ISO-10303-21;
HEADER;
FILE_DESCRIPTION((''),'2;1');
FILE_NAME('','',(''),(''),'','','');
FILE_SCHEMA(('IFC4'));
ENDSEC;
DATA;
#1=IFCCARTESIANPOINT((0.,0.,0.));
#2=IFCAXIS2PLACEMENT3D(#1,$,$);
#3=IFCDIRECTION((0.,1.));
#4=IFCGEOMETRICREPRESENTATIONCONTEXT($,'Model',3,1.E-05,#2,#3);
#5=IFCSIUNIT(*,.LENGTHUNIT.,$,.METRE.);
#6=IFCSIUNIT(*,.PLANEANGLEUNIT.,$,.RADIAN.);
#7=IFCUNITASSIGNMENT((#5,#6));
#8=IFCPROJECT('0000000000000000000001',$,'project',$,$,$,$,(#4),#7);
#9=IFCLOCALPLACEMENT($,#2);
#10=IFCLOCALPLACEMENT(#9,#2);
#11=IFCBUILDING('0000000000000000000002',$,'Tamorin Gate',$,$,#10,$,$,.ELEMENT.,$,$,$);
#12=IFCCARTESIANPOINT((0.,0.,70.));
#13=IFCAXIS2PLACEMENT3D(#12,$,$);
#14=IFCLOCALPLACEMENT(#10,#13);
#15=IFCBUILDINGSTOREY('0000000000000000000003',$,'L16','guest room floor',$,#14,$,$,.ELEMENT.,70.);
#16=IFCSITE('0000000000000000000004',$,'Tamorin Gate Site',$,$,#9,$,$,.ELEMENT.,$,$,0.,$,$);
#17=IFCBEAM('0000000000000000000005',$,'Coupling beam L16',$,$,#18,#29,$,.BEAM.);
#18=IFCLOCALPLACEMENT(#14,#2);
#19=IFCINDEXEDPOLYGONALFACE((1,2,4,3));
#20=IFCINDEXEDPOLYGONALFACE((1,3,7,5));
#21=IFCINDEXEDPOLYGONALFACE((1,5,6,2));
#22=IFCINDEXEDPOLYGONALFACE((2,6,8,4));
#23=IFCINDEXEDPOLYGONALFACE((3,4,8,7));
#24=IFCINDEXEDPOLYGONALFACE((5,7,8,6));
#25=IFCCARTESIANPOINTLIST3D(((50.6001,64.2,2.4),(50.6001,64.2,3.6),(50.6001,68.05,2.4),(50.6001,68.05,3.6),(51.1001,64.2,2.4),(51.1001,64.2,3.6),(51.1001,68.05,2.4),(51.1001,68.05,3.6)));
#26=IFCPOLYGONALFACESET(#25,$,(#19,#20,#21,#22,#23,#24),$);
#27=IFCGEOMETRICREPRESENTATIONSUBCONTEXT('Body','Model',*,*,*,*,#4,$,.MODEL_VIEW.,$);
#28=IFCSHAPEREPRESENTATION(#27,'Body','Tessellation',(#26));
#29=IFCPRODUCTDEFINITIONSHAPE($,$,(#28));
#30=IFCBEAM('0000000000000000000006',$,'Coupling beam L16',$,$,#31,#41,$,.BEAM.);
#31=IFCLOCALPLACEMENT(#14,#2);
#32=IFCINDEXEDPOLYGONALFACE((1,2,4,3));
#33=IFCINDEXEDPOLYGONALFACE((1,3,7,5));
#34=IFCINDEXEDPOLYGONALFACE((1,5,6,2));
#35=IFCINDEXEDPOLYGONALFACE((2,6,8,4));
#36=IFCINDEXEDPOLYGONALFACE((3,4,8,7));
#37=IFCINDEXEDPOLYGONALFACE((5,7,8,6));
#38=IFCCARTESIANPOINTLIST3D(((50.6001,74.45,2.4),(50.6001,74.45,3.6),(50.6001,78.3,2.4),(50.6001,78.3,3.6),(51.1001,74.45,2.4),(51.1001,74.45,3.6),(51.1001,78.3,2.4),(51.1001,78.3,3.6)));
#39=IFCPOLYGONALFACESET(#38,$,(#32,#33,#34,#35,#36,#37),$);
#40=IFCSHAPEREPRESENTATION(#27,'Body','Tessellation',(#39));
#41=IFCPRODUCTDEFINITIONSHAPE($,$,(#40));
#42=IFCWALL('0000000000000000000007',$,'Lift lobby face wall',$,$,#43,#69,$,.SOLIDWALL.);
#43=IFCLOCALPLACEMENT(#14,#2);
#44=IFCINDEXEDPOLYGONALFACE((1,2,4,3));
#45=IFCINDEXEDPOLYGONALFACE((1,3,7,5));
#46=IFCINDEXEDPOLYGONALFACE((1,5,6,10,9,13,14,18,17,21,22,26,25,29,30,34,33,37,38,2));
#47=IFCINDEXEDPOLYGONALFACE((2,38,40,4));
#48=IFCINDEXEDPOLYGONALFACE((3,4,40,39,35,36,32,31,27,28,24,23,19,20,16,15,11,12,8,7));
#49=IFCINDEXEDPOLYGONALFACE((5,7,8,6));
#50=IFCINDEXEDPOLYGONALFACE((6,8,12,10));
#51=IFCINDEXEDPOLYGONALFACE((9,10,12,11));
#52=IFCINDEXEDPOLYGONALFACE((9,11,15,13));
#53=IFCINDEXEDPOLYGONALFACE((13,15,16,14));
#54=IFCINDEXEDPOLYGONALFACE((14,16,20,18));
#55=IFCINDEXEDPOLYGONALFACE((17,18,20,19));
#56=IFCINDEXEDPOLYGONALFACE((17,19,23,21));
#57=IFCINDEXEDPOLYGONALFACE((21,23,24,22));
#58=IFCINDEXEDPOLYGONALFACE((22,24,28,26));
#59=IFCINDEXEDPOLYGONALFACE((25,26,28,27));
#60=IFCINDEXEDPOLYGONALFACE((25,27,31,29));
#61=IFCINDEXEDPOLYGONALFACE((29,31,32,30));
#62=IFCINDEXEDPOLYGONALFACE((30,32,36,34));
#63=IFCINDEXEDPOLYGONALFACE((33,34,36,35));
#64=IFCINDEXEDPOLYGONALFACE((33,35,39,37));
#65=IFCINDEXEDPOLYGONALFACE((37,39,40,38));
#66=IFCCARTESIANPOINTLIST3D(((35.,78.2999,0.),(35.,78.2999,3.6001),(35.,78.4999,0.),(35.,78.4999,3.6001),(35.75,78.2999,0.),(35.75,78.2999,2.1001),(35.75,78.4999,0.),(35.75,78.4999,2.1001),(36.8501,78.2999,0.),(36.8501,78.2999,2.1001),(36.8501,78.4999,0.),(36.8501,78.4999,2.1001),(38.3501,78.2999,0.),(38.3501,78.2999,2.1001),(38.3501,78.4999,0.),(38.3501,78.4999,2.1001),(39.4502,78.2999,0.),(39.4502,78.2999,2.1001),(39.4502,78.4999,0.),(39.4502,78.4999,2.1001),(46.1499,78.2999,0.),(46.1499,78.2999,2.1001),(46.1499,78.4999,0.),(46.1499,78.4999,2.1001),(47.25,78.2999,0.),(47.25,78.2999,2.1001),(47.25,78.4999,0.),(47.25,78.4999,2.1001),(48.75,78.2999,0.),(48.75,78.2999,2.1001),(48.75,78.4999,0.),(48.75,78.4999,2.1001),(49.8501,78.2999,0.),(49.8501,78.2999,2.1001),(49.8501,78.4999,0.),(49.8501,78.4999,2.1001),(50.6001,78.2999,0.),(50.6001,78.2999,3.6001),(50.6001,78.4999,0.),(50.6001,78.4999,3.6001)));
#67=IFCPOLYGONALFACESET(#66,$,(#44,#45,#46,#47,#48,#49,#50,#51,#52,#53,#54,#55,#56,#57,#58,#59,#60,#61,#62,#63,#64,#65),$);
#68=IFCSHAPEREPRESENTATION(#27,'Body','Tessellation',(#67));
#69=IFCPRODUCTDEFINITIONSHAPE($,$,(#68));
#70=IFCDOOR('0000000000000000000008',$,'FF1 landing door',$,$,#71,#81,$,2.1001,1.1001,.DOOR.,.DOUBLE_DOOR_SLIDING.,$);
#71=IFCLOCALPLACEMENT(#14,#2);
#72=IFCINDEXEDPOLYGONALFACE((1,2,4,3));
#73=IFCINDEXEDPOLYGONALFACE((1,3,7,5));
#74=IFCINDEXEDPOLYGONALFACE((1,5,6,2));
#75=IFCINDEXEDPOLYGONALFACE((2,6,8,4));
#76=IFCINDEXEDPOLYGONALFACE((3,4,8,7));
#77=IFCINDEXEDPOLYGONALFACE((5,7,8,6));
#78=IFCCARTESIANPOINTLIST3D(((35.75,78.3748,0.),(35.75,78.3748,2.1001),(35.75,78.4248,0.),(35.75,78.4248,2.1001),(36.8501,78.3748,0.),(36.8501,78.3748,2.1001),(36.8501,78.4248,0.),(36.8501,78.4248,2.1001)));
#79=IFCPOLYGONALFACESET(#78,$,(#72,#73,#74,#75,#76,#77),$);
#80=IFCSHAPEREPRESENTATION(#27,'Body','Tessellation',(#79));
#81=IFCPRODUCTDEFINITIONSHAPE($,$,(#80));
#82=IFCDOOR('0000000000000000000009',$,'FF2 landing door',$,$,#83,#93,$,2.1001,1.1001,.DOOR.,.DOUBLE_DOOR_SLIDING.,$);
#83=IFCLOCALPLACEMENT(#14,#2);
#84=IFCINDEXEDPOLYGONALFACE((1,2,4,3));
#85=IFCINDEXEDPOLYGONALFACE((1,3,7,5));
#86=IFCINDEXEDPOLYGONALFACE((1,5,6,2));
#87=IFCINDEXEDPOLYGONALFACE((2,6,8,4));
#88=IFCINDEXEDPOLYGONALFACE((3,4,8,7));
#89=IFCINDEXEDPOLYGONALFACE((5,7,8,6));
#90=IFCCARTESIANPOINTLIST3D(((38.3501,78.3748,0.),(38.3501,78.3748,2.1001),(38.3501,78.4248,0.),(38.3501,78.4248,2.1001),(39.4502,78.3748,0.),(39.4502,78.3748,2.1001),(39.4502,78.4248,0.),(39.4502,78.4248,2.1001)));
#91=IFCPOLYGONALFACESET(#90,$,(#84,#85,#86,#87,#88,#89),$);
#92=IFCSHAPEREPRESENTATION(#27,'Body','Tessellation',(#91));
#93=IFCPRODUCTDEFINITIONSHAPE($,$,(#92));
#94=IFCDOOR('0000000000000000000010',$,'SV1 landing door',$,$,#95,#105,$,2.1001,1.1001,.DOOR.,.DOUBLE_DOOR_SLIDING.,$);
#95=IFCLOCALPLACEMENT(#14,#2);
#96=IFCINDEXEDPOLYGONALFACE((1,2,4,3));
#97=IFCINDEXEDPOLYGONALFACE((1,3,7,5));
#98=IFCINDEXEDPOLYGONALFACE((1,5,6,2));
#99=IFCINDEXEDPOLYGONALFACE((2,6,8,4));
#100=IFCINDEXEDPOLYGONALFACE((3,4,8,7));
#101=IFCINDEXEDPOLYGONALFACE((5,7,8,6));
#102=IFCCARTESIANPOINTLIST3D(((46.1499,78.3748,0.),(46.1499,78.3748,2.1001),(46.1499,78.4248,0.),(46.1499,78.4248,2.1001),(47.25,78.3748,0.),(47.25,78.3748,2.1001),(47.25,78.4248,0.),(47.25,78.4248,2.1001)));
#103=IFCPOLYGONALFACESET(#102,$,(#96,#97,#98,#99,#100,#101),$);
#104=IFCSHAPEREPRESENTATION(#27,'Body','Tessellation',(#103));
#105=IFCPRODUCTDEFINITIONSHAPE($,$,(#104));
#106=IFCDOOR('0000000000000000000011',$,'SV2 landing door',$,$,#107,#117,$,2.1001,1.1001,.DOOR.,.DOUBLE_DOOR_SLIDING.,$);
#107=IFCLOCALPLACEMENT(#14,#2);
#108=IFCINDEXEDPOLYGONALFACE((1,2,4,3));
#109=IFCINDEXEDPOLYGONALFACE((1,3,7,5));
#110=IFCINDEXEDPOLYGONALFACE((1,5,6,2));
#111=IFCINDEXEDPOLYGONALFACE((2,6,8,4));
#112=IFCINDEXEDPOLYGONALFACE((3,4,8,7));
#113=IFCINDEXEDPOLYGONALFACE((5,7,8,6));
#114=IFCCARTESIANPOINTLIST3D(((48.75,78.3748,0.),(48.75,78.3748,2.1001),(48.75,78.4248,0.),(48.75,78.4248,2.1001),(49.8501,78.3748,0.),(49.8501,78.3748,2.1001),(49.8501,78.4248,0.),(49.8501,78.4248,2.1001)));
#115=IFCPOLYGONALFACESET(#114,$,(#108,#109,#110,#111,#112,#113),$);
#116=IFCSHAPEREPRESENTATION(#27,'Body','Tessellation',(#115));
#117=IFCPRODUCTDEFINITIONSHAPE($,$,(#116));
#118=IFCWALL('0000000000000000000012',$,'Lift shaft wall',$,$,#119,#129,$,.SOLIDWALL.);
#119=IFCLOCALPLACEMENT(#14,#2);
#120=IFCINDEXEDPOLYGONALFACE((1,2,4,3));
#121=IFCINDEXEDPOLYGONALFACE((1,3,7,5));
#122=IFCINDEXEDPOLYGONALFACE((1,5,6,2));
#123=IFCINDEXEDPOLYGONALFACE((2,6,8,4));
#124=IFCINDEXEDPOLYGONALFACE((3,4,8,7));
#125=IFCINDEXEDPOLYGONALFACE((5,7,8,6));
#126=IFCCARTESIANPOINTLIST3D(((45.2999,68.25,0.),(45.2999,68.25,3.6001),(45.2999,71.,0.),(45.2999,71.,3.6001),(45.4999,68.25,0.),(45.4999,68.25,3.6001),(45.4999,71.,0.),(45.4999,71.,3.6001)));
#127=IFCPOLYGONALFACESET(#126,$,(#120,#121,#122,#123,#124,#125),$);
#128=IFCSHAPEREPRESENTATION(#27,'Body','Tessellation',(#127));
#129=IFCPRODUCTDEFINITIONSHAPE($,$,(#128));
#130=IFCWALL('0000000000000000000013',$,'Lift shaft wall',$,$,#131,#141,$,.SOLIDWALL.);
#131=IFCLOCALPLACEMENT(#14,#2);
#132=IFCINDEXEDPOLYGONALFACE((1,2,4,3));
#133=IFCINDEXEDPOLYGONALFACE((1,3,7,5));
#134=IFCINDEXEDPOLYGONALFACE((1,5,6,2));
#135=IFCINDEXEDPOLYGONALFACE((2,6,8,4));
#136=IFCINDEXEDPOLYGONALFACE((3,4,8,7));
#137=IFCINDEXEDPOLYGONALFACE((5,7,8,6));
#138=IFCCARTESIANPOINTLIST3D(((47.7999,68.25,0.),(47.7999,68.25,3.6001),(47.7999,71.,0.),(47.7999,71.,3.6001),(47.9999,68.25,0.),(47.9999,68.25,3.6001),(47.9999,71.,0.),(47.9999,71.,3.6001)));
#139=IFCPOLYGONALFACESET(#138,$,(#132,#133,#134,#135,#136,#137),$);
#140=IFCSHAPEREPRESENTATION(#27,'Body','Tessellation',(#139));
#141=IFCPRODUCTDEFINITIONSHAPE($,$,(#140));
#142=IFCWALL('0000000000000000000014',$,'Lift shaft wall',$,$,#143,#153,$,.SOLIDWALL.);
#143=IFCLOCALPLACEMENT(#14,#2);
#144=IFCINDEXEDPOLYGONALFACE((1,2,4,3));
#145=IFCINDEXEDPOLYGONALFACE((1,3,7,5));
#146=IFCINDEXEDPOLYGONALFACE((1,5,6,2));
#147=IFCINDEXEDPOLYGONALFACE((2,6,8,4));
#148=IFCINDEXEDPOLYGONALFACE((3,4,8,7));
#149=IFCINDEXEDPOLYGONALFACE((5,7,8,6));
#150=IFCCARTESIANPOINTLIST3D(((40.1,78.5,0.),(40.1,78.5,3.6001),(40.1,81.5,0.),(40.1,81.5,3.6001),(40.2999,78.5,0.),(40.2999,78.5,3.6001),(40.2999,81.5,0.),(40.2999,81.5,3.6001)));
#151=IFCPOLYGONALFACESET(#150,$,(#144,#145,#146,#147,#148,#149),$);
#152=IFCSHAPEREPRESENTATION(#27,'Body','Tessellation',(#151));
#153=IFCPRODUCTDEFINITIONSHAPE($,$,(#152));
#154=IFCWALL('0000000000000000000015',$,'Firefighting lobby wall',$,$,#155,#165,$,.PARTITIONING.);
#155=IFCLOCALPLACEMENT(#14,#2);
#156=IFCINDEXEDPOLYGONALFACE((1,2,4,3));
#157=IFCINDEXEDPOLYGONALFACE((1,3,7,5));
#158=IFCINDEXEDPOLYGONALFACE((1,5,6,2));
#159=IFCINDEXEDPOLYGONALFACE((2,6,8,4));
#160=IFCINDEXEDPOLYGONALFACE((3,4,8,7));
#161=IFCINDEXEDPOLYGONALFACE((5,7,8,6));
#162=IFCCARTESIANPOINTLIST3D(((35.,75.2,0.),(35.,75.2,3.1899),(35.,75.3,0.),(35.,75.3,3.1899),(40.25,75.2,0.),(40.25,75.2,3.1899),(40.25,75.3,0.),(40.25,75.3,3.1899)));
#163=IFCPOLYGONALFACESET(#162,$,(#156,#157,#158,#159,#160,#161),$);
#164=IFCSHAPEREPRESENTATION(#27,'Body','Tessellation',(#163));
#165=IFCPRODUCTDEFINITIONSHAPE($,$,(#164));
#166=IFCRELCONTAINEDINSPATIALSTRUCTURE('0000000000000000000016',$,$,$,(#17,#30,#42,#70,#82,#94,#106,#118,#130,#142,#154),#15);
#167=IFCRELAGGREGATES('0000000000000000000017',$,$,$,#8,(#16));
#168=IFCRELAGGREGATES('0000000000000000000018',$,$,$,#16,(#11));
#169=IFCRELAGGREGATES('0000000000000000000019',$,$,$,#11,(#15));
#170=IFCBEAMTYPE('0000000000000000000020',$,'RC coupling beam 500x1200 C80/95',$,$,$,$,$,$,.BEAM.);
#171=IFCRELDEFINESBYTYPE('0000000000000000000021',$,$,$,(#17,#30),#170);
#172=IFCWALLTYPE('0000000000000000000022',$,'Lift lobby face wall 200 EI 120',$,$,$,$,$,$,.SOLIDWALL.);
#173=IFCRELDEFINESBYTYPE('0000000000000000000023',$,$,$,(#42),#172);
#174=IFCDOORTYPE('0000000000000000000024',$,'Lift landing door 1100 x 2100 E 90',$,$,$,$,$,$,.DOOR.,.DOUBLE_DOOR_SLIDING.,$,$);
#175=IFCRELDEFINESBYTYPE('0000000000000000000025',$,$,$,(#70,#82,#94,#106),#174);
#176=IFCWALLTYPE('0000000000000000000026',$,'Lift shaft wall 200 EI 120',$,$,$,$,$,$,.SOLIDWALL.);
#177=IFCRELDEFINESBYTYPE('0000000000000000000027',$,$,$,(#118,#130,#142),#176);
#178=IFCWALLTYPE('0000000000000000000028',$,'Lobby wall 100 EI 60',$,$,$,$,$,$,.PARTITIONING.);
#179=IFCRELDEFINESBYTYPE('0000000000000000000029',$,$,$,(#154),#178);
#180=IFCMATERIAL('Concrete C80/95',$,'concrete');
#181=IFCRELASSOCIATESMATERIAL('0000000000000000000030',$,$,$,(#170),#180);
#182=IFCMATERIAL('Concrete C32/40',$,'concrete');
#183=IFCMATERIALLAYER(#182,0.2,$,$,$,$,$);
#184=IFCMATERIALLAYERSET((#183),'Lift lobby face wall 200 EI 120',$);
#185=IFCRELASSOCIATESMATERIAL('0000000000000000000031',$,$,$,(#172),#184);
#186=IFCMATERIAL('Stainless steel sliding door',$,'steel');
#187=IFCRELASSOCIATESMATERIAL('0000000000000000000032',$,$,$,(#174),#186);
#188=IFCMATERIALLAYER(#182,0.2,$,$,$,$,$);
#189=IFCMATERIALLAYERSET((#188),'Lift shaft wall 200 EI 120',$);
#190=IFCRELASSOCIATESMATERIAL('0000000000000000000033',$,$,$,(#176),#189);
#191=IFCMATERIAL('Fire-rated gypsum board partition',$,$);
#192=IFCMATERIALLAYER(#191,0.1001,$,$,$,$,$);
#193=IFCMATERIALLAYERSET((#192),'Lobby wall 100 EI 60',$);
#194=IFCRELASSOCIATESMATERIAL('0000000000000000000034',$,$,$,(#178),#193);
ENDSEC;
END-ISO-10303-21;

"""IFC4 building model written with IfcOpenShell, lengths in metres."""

from ifc_helpers import new_model, si_unit, direction, frame, frame_2d, origin, origin_2d, place, context, subcontext, project, spatial, rectangle, extrude, material, layer, layer_set, material_profile, profile_set, type_object, element, fill, save


model = new_model("IFC4")

# Units and contexts
model_context = context("Model", 3, precision=1e-05, world=origin(), true_north=direction((0.0, 1.0)))
body_context = subcontext(model_context, "Body", "Model", "MODEL_VIEW")
ifc_project = project(units=[si_unit("LENGTHUNIT", "METRE"), si_unit("PLANEANGLEUNIT", "RADIAN")], contexts=[model_context])

# Site, building, storey
site_placement = place(None, origin())
site = spatial("IfcSite", under=ifc_project, at=site_placement, Name="Tamorin Gate Site", CompositionType="ELEMENT", RefElevation=0.0)
building_placement = place(site_placement, origin())
building = spatial("IfcBuilding", under=site, at=building_placement, Name="Tamorin Gate", CompositionType="ELEMENT")
storey_placement = place(building_placement, frame((0.0, 0.0, 70.0)))
storey = spatial("IfcBuildingStorey", under=building, at=storey_placement, Name="L16", Description="guest room floor", CompositionType="ELEMENT", Elevation=70.0)

# Beams
ifc_material_1 = material(Name="Concrete C80/95", Category="concrete")
ifc_material_profile = material_profile(ifc_material_1, rectangle(XDim=0.5, YDim=1.2, at=origin_2d()), Name="RC 500x1200")
ifc_profile_set = profile_set([ifc_material_profile], Name="Concrete C80/95")
beam_type = type_object("IfcBeamType", Name="RC coupling beam 500x1200 C80/95", PredefinedType="BEAM", material=ifc_profile_set)
for number, where, z_axis, x_axis, name in (
    (1, (50.8501, 64.2, 3.0), (0.0, 1.0, 0.0), (-1.0, 0.0, 0.0), "Coupling beam L16"),
    (2, (50.8501, 74.45, 3.0), (0.0, 1.0, 0.0), (-1.0, 0.0, 0.0), "Coupling beam L16"),
):
    element("IfcBeam", number, at=place(storey_placement, frame(where, z_axis=z_axis, x_axis=x_axis)), inside=storey, type_object=beam_type, Name=name, PredefinedType="BEAM", context=body_context, shape_type="SweptSolid", body=[
        extrude(rectangle(XDim=0.5, YDim=1.2, at=origin_2d()), origin(), (0.0, 0.0, 1.0), 3.8501),
    ])

# Wall, openings, doors
ifc_material_2 = material(Name="Concrete C32/40", Category="concrete")
ifc_layer_1 = layer(ifc_material_2, 0.2)
ifc_layer_set_1 = layer_set([ifc_layer_1], Name="Lift lobby face wall 200 EI 120")
wall_type_1 = type_object("IfcWallType", Name="Lift lobby face wall 200 EI 120", PredefinedType="SOLIDWALL", material=ifc_layer_set_1)
wall_1_placement = place(storey_placement, frame((35.0, 78.3999, 0.0), z_axis=(0.0, 0.0, 1.0), x_axis=(1.0, 0.0, 0.0)))
wall_1 = element("IfcWall", 3, at=wall_1_placement, inside=storey, type_object=wall_type_1, Name="Lift lobby face wall", PredefinedType="SOLIDWALL", context=body_context, shape_type="SweptSolid", body=[
    extrude(rectangle(XDim=15.6001, YDim=0.2, at=frame_2d((7.8, 0.0))), origin(), (0.0, 0.0, 1.0), 3.6001),
])
opening_1_placement = place(wall_1_placement, frame((0.75, 0.0, 0.0)))
opening_1 = element("IfcOpeningElement", 4, at=opening_1_placement, cuts=wall_1, PredefinedType="OPENING", context=body_context, shape_type="SweptSolid", body=[
    extrude(rectangle(XDim=1.1001, YDim=2.1001, at=frame_2d((0.55, 1.05))), frame((0.0, 0.1099, 0.0), z_axis=(0.0, -1.0, 0.0), x_axis=(1.0, 0.0, 0.0)), (0.0, 0.0, 1.0), 0.22),
])
opening_2_placement = place(wall_1_placement, frame((3.3501, 0.0, 0.0)))
opening_2 = element("IfcOpeningElement", 5, at=opening_2_placement, cuts=wall_1, PredefinedType="OPENING", context=body_context, shape_type="SweptSolid", body=[
    extrude(rectangle(XDim=1.1001, YDim=2.1001, at=frame_2d((0.55, 1.05))), frame((0.0, 0.1099, 0.0), z_axis=(0.0, -1.0, 0.0), x_axis=(1.0, 0.0, 0.0)), (0.0, 0.0, 1.0), 0.22),
])
opening_3_placement = place(wall_1_placement, frame((11.1499, 0.0, 0.0)))
opening_3 = element("IfcOpeningElement", 6, at=opening_3_placement, cuts=wall_1, PredefinedType="OPENING", context=body_context, shape_type="SweptSolid", body=[
    extrude(rectangle(XDim=1.1001, YDim=2.1001, at=frame_2d((0.55, 1.05))), frame((0.0, 0.1099, 0.0), z_axis=(0.0, -1.0, 0.0), x_axis=(1.0, 0.0, 0.0)), (0.0, 0.0, 1.0), 0.22),
])
opening_4_placement = place(wall_1_placement, frame((13.75, 0.0, 0.0)))
opening_4 = element("IfcOpeningElement", 7, at=opening_4_placement, cuts=wall_1, PredefinedType="OPENING", context=body_context, shape_type="SweptSolid", body=[
    extrude(rectangle(XDim=1.1001, YDim=2.1001, at=frame_2d((0.55, 1.05))), frame((0.0, 0.1099, 0.0), z_axis=(0.0, -1.0, 0.0), x_axis=(1.0, 0.0, 0.0)), (0.0, 0.0, 1.0), 0.22),
])
ifc_material_3 = material(Name="Stainless steel sliding door", Category="steel")
door_type_1 = type_object("IfcDoorType", Name="Lift landing door 1100 x 2100 E 90", OperationType="DOUBLE_DOOR_SLIDING", PredefinedType="DOOR", material=ifc_material_3)
door_1_placement = place(opening_1_placement, origin())
door_1 = element("IfcDoor", 8, at=door_1_placement, inside=storey, type_object=door_type_1, Name="FF1 landing door", OperationType="DOUBLE_DOOR_SLIDING", OverallHeight=2.1001, OverallWidth=1.1001, PredefinedType="DOOR", context=body_context, shape_type="SweptSolid", body=[
    extrude(rectangle(XDim=1.1001, YDim=2.1001, at=frame_2d((0.55, 1.05))), frame((0.0, 0.0249, 0.0), z_axis=(0.0, -1.0, 0.0), x_axis=(1.0, 0.0, 0.0)), (0.0, 0.0, 1.0), 0.05),
])
fill(opening_1, door_1)
door_2_placement = place(opening_2_placement, origin())
door_2 = element("IfcDoor", 9, at=door_2_placement, inside=storey, type_object=door_type_1, Name="FF2 landing door", OperationType="DOUBLE_DOOR_SLIDING", OverallHeight=2.1001, OverallWidth=1.1001, PredefinedType="DOOR", context=body_context, shape_type="SweptSolid", body=[
    extrude(rectangle(XDim=1.1001, YDim=2.1001, at=frame_2d((0.55, 1.05))), frame((0.0, 0.0249, 0.0), z_axis=(0.0, -1.0, 0.0), x_axis=(1.0, 0.0, 0.0)), (0.0, 0.0, 1.0), 0.05),
])
fill(opening_2, door_2)
door_3_placement = place(opening_3_placement, origin())
door_3 = element("IfcDoor", 10, at=door_3_placement, inside=storey, type_object=door_type_1, Name="SV1 landing door", OperationType="DOUBLE_DOOR_SLIDING", OverallHeight=2.1001, OverallWidth=1.1001, PredefinedType="DOOR", context=body_context, shape_type="SweptSolid", body=[
    extrude(rectangle(XDim=1.1001, YDim=2.1001, at=frame_2d((0.55, 1.05))), frame((0.0, 0.0249, 0.0), z_axis=(0.0, -1.0, 0.0), x_axis=(1.0, 0.0, 0.0)), (0.0, 0.0, 1.0), 0.05),
])
fill(opening_3, door_3)
door_4_placement = place(opening_4_placement, origin())
door_4 = element("IfcDoor", 11, at=door_4_placement, inside=storey, type_object=door_type_1, Name="SV2 landing door", OperationType="DOUBLE_DOOR_SLIDING", OverallHeight=2.1001, OverallWidth=1.1001, PredefinedType="DOOR", context=body_context, shape_type="SweptSolid", body=[
    extrude(rectangle(XDim=1.1001, YDim=2.1001, at=frame_2d((0.55, 1.05))), frame((0.0, 0.0249, 0.0), z_axis=(0.0, -1.0, 0.0), x_axis=(1.0, 0.0, 0.0)), (0.0, 0.0, 1.0), 0.05),
])
fill(opening_4, door_4)

# Walls
ifc_layer_2 = layer(ifc_material_2, 0.2)
ifc_layer_set_2 = layer_set([ifc_layer_2], Name="Lift shaft wall 200 EI 120")
wall_type_2 = type_object("IfcWallType", Name="Lift shaft wall 200 EI 120", PredefinedType="SOLIDWALL", material=ifc_layer_set_2)
for number, where, z_axis, x_axis, name in (
    (12, (45.3999, 68.25, 0.0), (0.0, 0.0, 1.0), (0.0, 1.0, 0.0), "Lift shaft wall"),
    (13, (47.8999, 68.25, 0.0), (0.0, 0.0, 1.0), (0.0, 1.0, 0.0), "Lift shaft wall"),
):
    element("IfcWall", number, at=place(storey_placement, frame(where, z_axis=z_axis, x_axis=x_axis)), inside=storey, type_object=wall_type_2, Name=name, PredefinedType="SOLIDWALL", context=body_context, shape_type="SweptSolid", body=[
        extrude(rectangle(XDim=2.75, YDim=0.2, at=frame_2d((1.375, 0.0))), origin(), (0.0, 0.0, 1.0), 3.6001),
    ])
wall_2_placement = place(storey_placement, frame((40.2, 78.5, 0.0), z_axis=(0.0, 0.0, 1.0), x_axis=(0.0, 1.0, 0.0)))
element("IfcWall", 14, at=wall_2_placement, inside=storey, type_object=wall_type_2, Name="Lift shaft wall", PredefinedType="SOLIDWALL", context=body_context, shape_type="SweptSolid", body=[
    extrude(rectangle(XDim=3.0, YDim=0.2, at=frame_2d((1.5, 0.0))), origin(), (0.0, 0.0, 1.0), 3.6001),
])
ifc_material_4 = material(Name="Fire-rated gypsum board partition")
ifc_layer_3 = layer(ifc_material_4, 0.1001)
ifc_layer_set_3 = layer_set([ifc_layer_3], Name="Lobby wall 100 EI 60")
wall_type_3 = type_object("IfcWallType", Name="Lobby wall 100 EI 60", PredefinedType="PARTITIONING", material=ifc_layer_set_3)
wall_3_placement = place(storey_placement, frame((35.0, 75.25, 0.0), z_axis=(0.0, 0.0, 1.0), x_axis=(1.0, 0.0, 0.0)))
element("IfcWall", 15, at=wall_3_placement, inside=storey, type_object=wall_type_3, Name="Firefighting lobby wall", PredefinedType="PARTITIONING", context=body_context, shape_type="SweptSolid", body=[
    extrude(rectangle(XDim=5.25, YDim=0.1001, at=frame_2d((2.625, 0.0))), origin(), (0.0, 0.0, 1.0), 3.1899),
])

save(model, "model.ifc")
